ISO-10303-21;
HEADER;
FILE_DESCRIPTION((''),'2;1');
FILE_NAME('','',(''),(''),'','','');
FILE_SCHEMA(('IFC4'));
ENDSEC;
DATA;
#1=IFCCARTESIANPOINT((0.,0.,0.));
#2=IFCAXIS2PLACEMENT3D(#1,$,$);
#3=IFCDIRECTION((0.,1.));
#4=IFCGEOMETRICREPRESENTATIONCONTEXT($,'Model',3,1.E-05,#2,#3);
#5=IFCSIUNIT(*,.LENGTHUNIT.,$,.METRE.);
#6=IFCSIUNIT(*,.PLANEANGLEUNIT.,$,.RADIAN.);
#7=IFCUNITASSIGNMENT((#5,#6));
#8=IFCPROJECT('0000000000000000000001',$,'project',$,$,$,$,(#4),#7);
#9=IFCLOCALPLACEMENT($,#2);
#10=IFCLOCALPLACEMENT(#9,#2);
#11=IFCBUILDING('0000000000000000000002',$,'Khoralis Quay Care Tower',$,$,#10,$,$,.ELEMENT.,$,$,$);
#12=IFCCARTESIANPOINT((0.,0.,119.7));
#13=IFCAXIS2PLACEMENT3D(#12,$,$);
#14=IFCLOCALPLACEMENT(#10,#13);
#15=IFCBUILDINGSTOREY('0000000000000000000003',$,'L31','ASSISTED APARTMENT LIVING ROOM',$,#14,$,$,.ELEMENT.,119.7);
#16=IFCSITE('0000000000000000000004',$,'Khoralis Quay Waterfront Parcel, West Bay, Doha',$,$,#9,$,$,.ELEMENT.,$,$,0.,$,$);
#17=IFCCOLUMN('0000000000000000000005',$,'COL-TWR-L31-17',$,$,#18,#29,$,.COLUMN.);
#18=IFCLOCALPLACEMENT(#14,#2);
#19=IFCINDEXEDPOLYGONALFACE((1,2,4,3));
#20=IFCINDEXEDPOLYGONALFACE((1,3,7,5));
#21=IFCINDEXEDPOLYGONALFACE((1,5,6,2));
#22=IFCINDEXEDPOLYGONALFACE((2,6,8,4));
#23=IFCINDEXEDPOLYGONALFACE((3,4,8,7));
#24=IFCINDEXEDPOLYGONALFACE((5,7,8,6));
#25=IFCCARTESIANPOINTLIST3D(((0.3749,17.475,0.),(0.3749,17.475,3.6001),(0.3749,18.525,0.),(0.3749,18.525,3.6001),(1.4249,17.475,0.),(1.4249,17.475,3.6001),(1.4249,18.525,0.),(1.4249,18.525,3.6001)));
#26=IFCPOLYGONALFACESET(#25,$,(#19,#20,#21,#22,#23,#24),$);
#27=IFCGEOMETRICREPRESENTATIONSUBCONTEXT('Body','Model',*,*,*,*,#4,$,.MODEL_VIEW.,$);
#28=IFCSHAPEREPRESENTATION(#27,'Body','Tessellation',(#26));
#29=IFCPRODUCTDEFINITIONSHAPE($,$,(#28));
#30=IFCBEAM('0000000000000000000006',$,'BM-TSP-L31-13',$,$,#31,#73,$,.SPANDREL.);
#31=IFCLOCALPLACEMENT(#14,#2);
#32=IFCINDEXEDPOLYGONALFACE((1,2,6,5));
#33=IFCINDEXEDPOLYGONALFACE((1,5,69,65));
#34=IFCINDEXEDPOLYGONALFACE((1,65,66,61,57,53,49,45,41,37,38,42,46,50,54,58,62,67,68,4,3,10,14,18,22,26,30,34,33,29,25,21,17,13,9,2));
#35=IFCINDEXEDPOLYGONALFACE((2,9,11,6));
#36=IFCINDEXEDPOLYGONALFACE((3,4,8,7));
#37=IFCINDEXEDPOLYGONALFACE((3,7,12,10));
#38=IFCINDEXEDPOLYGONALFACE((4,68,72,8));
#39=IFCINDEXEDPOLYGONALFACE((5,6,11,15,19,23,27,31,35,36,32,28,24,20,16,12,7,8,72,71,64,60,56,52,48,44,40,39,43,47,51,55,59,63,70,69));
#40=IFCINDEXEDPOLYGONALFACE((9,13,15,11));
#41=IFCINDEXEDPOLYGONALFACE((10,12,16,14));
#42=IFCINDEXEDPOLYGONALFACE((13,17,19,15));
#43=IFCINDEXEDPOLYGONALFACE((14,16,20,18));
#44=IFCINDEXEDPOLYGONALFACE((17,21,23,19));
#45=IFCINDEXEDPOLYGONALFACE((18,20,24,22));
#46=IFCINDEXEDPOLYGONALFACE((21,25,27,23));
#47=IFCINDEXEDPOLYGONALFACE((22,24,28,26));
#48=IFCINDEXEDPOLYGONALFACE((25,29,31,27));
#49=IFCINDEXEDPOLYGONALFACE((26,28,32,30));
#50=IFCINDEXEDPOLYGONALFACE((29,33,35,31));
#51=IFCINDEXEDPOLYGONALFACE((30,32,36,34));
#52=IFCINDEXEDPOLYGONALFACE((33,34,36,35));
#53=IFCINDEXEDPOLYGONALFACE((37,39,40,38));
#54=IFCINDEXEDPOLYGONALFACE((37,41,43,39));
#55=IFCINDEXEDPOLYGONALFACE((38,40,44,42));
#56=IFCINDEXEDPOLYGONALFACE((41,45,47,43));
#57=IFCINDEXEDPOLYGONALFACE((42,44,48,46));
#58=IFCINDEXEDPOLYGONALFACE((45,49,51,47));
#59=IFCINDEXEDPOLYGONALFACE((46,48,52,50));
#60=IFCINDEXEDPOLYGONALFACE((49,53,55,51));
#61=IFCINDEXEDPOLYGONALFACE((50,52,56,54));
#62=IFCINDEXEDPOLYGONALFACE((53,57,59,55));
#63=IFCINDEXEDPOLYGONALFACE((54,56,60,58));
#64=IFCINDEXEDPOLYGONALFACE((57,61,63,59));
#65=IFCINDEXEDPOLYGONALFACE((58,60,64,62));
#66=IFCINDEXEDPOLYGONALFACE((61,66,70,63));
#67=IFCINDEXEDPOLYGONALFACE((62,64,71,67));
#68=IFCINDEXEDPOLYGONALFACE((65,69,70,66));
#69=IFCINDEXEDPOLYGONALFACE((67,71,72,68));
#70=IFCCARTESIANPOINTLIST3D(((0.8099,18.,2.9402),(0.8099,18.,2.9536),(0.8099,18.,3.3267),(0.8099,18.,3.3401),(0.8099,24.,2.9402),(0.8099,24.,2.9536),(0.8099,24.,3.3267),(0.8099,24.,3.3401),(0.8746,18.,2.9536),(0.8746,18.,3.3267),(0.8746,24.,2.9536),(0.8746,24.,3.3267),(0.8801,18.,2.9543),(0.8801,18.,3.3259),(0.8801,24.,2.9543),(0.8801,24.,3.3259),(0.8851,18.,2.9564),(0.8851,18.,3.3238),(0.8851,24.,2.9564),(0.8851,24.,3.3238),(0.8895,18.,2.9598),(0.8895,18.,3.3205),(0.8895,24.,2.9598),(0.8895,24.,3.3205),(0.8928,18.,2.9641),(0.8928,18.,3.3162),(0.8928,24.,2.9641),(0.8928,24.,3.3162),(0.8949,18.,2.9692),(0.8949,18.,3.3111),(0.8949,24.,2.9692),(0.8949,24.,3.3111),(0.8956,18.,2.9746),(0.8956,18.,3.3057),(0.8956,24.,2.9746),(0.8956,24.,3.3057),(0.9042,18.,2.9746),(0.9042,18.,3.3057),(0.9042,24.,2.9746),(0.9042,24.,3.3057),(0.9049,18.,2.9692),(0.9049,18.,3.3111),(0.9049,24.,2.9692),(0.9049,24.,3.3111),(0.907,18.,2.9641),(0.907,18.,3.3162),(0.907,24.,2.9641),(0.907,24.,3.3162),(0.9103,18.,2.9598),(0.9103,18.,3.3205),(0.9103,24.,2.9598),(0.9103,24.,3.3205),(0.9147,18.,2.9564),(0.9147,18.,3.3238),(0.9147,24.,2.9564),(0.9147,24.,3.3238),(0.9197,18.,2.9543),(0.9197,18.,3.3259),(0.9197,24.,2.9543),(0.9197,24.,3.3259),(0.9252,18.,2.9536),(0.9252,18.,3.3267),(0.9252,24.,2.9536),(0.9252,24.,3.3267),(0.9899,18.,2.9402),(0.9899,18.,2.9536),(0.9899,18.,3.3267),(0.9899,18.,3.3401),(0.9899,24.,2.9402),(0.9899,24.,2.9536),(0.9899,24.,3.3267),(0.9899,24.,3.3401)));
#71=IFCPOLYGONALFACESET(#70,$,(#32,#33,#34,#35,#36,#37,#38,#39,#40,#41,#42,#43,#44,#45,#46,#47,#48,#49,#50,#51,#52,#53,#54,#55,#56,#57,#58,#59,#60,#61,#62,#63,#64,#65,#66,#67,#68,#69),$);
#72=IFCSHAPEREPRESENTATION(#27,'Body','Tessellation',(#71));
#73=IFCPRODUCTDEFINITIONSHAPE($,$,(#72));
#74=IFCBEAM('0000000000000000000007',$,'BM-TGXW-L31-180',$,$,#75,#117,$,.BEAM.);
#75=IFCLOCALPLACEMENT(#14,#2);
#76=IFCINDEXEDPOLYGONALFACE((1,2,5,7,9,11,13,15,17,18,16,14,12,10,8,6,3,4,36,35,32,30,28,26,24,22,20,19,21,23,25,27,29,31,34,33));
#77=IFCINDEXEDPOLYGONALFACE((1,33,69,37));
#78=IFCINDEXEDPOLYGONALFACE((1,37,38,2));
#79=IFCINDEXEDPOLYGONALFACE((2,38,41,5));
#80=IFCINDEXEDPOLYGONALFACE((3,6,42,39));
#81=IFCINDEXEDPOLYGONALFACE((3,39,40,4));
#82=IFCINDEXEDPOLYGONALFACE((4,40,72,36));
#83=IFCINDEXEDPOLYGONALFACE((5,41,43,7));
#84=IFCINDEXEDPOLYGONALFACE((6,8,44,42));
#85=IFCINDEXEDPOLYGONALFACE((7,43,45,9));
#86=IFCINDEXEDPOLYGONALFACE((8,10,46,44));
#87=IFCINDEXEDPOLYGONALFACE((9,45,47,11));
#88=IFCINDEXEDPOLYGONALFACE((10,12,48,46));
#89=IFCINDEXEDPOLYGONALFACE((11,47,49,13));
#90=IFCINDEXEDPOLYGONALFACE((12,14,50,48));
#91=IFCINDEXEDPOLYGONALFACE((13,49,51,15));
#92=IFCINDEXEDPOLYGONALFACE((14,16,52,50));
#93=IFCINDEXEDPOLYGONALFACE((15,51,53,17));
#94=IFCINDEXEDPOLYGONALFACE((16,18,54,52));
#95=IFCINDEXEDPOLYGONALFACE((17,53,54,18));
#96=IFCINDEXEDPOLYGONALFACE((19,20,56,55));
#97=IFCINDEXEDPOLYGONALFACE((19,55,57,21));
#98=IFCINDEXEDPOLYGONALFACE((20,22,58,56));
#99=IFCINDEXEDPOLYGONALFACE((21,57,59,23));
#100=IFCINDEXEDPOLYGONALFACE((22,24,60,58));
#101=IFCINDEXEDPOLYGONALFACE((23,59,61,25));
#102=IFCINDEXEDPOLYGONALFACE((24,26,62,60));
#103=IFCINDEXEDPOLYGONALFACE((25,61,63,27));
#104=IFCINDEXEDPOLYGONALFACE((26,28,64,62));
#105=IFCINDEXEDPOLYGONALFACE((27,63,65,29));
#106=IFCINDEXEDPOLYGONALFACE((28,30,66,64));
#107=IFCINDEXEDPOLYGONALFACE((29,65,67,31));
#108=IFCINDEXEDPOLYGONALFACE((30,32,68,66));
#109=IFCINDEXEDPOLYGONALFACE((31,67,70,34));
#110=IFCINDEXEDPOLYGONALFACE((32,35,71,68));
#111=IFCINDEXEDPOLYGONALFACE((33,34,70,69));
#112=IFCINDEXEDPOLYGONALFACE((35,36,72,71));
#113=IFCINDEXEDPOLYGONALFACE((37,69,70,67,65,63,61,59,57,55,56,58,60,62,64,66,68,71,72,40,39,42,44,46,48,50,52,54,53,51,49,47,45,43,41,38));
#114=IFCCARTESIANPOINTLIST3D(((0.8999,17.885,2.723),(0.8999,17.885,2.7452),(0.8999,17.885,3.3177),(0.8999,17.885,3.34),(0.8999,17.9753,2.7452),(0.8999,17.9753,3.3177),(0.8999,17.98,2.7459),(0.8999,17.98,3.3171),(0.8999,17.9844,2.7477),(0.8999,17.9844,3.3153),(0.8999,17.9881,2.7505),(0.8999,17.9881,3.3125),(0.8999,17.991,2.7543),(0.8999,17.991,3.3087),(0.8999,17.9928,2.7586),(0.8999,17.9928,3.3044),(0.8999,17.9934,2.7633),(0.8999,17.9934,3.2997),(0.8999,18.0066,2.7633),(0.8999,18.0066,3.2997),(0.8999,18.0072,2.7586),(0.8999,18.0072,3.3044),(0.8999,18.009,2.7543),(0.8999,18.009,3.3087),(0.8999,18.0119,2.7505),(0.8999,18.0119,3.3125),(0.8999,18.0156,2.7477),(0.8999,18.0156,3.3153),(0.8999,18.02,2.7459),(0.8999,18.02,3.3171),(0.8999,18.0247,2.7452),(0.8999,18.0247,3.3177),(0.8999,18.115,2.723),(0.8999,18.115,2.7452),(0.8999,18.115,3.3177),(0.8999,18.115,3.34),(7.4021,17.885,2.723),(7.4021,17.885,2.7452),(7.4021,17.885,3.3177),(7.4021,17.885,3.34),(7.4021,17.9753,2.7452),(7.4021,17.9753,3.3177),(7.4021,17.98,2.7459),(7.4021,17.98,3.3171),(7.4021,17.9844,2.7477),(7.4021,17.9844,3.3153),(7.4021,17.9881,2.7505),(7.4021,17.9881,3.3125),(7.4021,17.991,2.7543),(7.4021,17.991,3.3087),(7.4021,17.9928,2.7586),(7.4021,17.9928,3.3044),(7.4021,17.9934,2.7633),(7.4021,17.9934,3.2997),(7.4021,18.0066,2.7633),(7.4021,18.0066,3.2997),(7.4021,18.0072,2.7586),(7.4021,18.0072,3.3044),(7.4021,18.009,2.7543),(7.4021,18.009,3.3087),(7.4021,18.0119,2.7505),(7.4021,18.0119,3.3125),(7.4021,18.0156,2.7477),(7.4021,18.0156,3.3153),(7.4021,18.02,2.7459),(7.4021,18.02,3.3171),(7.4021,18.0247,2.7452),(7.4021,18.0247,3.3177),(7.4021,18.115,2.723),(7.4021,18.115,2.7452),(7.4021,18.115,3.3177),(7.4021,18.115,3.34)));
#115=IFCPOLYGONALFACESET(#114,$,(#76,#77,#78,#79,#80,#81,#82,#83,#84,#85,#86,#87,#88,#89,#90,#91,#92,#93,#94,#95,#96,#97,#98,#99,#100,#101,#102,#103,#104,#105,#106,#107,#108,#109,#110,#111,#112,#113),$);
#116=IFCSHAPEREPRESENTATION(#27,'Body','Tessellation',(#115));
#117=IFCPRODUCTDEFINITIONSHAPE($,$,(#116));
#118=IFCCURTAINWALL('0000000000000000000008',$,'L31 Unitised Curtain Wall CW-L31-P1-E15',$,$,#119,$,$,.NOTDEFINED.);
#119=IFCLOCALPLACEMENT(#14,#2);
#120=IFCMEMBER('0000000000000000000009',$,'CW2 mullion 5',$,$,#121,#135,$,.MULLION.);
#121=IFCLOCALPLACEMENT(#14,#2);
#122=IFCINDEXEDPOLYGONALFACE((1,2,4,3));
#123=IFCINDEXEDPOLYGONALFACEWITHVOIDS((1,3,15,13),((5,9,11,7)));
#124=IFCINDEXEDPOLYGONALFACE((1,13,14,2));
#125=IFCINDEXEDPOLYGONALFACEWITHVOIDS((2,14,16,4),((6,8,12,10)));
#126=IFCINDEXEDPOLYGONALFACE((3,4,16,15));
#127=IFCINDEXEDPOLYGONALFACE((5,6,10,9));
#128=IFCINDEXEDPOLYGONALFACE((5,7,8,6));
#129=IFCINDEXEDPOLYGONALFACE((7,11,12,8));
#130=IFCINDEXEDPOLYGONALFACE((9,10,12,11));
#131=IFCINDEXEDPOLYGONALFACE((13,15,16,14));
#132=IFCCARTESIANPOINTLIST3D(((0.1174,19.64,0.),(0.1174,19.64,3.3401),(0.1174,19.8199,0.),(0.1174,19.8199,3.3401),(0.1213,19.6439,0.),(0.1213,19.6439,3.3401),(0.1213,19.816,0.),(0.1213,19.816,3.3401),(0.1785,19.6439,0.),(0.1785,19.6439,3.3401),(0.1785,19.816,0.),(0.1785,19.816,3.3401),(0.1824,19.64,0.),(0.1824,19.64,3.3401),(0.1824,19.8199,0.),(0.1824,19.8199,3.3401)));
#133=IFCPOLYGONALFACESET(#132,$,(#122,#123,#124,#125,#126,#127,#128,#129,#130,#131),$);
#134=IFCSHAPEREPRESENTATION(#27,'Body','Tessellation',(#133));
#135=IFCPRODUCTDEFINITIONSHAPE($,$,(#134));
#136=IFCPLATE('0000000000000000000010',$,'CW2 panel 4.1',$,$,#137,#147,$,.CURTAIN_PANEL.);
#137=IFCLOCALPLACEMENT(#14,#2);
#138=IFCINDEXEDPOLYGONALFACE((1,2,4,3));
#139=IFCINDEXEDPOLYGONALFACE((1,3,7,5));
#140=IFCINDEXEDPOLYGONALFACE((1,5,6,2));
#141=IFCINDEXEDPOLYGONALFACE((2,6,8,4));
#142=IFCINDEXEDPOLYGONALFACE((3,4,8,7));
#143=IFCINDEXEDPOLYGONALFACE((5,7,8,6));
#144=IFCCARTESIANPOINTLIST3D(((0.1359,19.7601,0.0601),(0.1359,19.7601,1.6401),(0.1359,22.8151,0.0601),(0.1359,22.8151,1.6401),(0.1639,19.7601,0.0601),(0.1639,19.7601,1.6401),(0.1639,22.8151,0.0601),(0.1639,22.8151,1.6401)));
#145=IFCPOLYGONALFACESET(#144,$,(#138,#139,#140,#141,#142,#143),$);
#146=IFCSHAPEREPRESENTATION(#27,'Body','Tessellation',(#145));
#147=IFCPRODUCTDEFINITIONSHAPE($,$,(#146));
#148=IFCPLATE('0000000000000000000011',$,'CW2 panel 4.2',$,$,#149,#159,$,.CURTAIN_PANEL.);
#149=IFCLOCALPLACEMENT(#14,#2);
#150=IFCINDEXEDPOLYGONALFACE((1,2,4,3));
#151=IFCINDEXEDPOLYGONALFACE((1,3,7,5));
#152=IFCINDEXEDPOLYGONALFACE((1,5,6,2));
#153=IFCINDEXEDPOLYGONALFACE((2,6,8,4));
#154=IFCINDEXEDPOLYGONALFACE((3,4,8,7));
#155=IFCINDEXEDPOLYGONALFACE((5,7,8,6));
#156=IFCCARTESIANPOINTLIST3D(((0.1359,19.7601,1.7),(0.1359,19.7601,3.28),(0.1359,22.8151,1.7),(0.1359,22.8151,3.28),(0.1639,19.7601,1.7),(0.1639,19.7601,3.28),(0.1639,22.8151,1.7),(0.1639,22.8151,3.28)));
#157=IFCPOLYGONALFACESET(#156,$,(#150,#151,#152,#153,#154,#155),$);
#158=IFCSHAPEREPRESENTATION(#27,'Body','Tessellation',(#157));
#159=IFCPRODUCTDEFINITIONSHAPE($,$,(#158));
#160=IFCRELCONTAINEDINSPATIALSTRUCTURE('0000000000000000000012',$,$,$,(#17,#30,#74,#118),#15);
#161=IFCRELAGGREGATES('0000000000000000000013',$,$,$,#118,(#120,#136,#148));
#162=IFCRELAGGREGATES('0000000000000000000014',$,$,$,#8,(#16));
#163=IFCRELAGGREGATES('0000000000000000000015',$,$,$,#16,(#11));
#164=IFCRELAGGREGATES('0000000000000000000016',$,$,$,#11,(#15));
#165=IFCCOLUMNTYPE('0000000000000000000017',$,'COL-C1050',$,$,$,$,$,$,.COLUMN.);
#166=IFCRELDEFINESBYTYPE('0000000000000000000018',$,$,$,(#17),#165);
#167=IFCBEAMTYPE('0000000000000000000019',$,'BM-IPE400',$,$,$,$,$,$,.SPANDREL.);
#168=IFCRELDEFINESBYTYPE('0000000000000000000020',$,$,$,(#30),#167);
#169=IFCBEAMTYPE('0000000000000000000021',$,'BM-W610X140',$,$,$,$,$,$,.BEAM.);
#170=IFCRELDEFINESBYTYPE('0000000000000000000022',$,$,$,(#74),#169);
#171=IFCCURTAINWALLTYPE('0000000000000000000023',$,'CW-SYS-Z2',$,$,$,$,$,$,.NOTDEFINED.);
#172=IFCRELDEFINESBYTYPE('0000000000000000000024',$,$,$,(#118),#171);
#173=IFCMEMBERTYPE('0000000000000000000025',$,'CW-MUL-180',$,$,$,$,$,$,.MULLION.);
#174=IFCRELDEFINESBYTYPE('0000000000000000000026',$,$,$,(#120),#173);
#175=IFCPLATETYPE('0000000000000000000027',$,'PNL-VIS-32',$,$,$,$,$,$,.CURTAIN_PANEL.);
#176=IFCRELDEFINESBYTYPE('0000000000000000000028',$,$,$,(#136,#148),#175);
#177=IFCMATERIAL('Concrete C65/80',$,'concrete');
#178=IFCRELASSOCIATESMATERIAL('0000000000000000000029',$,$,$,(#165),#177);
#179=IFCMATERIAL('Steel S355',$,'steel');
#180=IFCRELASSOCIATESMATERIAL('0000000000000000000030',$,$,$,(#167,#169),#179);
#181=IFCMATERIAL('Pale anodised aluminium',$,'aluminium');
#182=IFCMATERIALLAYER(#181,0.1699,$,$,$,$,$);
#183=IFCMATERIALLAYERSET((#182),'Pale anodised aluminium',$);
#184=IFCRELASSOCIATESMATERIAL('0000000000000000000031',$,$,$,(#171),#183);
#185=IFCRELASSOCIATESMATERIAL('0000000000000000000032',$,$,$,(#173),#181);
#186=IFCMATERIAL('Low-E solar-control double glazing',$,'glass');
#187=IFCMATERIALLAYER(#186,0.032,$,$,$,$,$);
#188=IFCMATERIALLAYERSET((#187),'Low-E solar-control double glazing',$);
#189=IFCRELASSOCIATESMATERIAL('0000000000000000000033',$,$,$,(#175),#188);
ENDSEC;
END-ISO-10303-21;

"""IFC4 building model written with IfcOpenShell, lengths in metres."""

from ifc_helpers import new_model, si_unit, direction, frame, origin, origin_2d, place, context, subcontext, project, spatial, rectangle, hollow_rectangle, i_section, extrude, source, transform, mapped, material, layer, layer_set, material_profile, profile_set, type_object, element, aggregate, save


model = new_model("IFC4")

# Units and contexts
model_context = context("Model", 3, precision=1e-05, world=origin(), true_north=direction((0.0, 1.0)))
body_context = subcontext(model_context, "Body", "Model", "MODEL_VIEW")
ifc_project = project(units=[si_unit("LENGTHUNIT", "METRE"), si_unit("PLANEANGLEUNIT", "RADIAN")], contexts=[model_context])

# Site, building, storey
site_placement = place(None, origin())
site = spatial("IfcSite", under=ifc_project, at=site_placement, Name="Khoralis Quay Waterfront Parcel, West Bay, Doha", CompositionType="ELEMENT", RefElevation=0.0)
building_placement = place(site_placement, origin())
building = spatial("IfcBuilding", under=site, at=building_placement, Name="Khoralis Quay Care Tower", CompositionType="ELEMENT")
storey_placement = place(building_placement, frame((0.0, 0.0, 119.7)))
storey = spatial("IfcBuildingStorey", under=building, at=storey_placement, Name="L31", Description="ASSISTED APARTMENT LIVING ROOM", CompositionType="ELEMENT", Elevation=119.7)

# Column
ifc_material_1 = material(Name="Concrete C65/80", Category="concrete")
ifc_material_profile_1 = material_profile(ifc_material_1, rectangle(XDim=1.05, YDim=1.05, at=origin_2d()), Name="Concrete C65/80")
ifc_profile_set_1 = profile_set([ifc_material_profile_1], Name="Concrete C65/80")
column_type = type_object("IfcColumnType", Name="COL-C1050", PredefinedType="COLUMN", material=ifc_profile_set_1)
shared_shape_1 = source(origin(), body_context, "Body", "SweptSolid", [
    extrude(rectangle(XDim=1.05, YDim=1.05, at=origin_2d()), origin(), (0.0, 0.0, 1.0), 3.6001),
])
column_placement = place(storey_placement, frame((0.8999, 18.0, 0.0), z_axis=(0.0, 0.0, 1.0), x_axis=(1.0, 0.0, 0.0)))
element("IfcColumn", 1, at=column_placement, inside=storey, type_object=column_type, Name="COL-TWR-L31-17", PredefinedType="COLUMN", context=body_context, shape_type="MappedRepresentation", body=[
    mapped(shared_shape_1, transform((0.0, 0.0, 0.0), scale=1.0)),
])

# Beams
ifc_material_2 = material(Name="Steel S355", Category="steel")
ifc_material_profile_2 = material_profile(ifc_material_2, i_section(OverallWidth=0.1799, OverallDepth=0.3999, WebThickness=0.0085, FlangeThickness=0.0134, FilletRadius=0.021, at=origin_2d()), Name="Steel S355")
ifc_profile_set_2 = profile_set([ifc_material_profile_2], Name="Steel S355")
beam_type_1 = type_object("IfcBeamType", Name="BM-IPE400", PredefinedType="SPANDREL", material=ifc_profile_set_2)
shared_shape_2 = source(origin(), body_context, "Body", "SweptSolid", [
    extrude(i_section(OverallWidth=0.1799, OverallDepth=0.3999, WebThickness=0.0085, FlangeThickness=0.0134, FilletRadius=0.021, at=origin_2d()), origin(), (0.0, 0.0, 1.0), 6.0),
])
beam_1_placement = place(storey_placement, frame((0.8999, 18.0, 3.1401), z_axis=(0.0, 1.0, 0.0), x_axis=(-1.0, 0.0, 0.0)))
element("IfcBeam", 2, at=beam_1_placement, inside=storey, type_object=beam_type_1, Name="BM-TSP-L31-13", PredefinedType="SPANDREL", context=body_context, shape_type="MappedRepresentation", body=[
    mapped(shared_shape_2, transform((0.0, 0.0, 0.0), scale=1.0)),
])
ifc_material_profile_3 = material_profile(ifc_material_2, i_section(OverallWidth=0.23, OverallDepth=0.6169, WebThickness=0.0132, FlangeThickness=0.0222, FilletRadius=0.0181, at=origin_2d()), Name="Steel S355")
ifc_profile_set_3 = profile_set([ifc_material_profile_3], Name="Steel S355")
beam_type_2 = type_object("IfcBeamType", Name="BM-W610X140", PredefinedType="BEAM", material=ifc_profile_set_3)
shared_shape_3 = source(origin(), body_context, "Body", "SweptSolid", [
    extrude(i_section(OverallWidth=0.23, OverallDepth=0.6169, WebThickness=0.0132, FlangeThickness=0.0222, FilletRadius=0.0181, at=origin_2d()), origin(), (0.0, 0.0, 1.0), 6.5022),
])
beam_2_placement = place(storey_placement, frame((0.8999, 18.0, 3.0315), z_axis=(1.0, 0.0, 0.0), x_axis=(0.0, 1.0, 0.0)))
element("IfcBeam", 3, at=beam_2_placement, inside=storey, type_object=beam_type_2, Name="BM-TGXW-L31-180", PredefinedType="BEAM", context=body_context, shape_type="MappedRepresentation", body=[
    mapped(shared_shape_3, transform((0.0, 0.0, 0.0), scale=1.0)),
])

# Curtain wall, member, plates
ifc_material_3 = material(Name="Pale anodised aluminium", Category="aluminium")
ifc_layer_1 = layer(ifc_material_3, 0.1699)
ifc_layer_set_1 = layer_set([ifc_layer_1], Name="Pale anodised aluminium")
curtain_wall_type = type_object("IfcCurtainWallType", Name="CW-SYS-Z2", PredefinedType="NOTDEFINED", material=ifc_layer_set_1)
curtain_wall_placement = place(storey_placement, origin())
curtain_wall = element("IfcCurtainWall", 4, at=curtain_wall_placement, inside=storey, type_object=curtain_wall_type, Name="L31 Unitised Curtain Wall CW-L31-P1-E15", PredefinedType="NOTDEFINED")
ifc_material_profile_4 = material_profile(ifc_material_3, hollow_rectangle(XDim=0.0649, YDim=0.1799, WallThickness=0.0039, at=origin_2d()), Name="Pale anodised aluminium")
ifc_profile_set_4 = profile_set([ifc_material_profile_4], Name="Pale anodised aluminium")
member_type = type_object("IfcMemberType", Name="CW-MUL-180", PredefinedType="MULLION", material=ifc_profile_set_4)
shared_shape_4 = source(origin(), body_context, "Body", "SweptSolid", [
    extrude(hollow_rectangle(XDim=0.0649, YDim=0.1799, WallThickness=0.0039, at=origin_2d()), origin(), (0.0, 0.0, 1.0), 3.3401),
])
member_placement = place(storey_placement, frame((0.1499, 19.73, 0.0), z_axis=(0.0, 0.0, 1.0), x_axis=(1.0, 0.0, 0.0)))
member = element("IfcMember", 5, at=member_placement, type_object=member_type, Name="CW2 mullion 5", PredefinedType="MULLION", context=body_context, shape_type="MappedRepresentation", body=[
    mapped(shared_shape_4, transform((0.0, 0.0, 0.0), scale=1.0)),
])
ifc_material_4 = material(Name="Low-E solar-control double glazing", Category="glass")
ifc_layer_2 = layer(ifc_material_4, 0.032)
ifc_layer_set_2 = layer_set([ifc_layer_2], Name="Low-E solar-control double glazing")
plate_type = type_object("IfcPlateType", Name="PNL-VIS-32", PredefinedType="CURTAIN_PANEL", material=ifc_layer_set_2)
shared_shape_5 = source(origin(), body_context, "Body", "SweptSolid", [
    extrude(rectangle(XDim=3.0549, YDim=0.0281, at=origin_2d()), origin(), (0.0, 0.0, 1.0), 1.5801),
])
plate_1_placement = place(storey_placement, frame((0.1499, 21.2876, 0.0601), z_axis=(0.0, 0.0, 1.0), x_axis=(0.0, -1.0, 0.0)))
plate_1 = element("IfcPlate", 6, at=plate_1_placement, type_object=plate_type, Name="CW2 panel 4.1", PredefinedType="CURTAIN_PANEL", context=body_context, shape_type="MappedRepresentation", body=[
    mapped(shared_shape_5, transform((0.0, 0.0, 0.0), scale=1.0)),
])
plate_2_placement = place(storey_placement, frame((0.1499, 21.2876, 1.7), z_axis=(0.0, 0.0, 1.0), x_axis=(0.0, -1.0, 0.0)))
plate_2 = element("IfcPlate", 7, at=plate_2_placement, type_object=plate_type, Name="CW2 panel 4.2", PredefinedType="CURTAIN_PANEL", context=body_context, shape_type="MappedRepresentation", body=[
    mapped(shared_shape_5, transform((0.0, 0.0, 0.0), scale=1.0)),
])
aggregate(curtain_wall, [member, plate_1, plate_2])

save(model, "model.ifc")
